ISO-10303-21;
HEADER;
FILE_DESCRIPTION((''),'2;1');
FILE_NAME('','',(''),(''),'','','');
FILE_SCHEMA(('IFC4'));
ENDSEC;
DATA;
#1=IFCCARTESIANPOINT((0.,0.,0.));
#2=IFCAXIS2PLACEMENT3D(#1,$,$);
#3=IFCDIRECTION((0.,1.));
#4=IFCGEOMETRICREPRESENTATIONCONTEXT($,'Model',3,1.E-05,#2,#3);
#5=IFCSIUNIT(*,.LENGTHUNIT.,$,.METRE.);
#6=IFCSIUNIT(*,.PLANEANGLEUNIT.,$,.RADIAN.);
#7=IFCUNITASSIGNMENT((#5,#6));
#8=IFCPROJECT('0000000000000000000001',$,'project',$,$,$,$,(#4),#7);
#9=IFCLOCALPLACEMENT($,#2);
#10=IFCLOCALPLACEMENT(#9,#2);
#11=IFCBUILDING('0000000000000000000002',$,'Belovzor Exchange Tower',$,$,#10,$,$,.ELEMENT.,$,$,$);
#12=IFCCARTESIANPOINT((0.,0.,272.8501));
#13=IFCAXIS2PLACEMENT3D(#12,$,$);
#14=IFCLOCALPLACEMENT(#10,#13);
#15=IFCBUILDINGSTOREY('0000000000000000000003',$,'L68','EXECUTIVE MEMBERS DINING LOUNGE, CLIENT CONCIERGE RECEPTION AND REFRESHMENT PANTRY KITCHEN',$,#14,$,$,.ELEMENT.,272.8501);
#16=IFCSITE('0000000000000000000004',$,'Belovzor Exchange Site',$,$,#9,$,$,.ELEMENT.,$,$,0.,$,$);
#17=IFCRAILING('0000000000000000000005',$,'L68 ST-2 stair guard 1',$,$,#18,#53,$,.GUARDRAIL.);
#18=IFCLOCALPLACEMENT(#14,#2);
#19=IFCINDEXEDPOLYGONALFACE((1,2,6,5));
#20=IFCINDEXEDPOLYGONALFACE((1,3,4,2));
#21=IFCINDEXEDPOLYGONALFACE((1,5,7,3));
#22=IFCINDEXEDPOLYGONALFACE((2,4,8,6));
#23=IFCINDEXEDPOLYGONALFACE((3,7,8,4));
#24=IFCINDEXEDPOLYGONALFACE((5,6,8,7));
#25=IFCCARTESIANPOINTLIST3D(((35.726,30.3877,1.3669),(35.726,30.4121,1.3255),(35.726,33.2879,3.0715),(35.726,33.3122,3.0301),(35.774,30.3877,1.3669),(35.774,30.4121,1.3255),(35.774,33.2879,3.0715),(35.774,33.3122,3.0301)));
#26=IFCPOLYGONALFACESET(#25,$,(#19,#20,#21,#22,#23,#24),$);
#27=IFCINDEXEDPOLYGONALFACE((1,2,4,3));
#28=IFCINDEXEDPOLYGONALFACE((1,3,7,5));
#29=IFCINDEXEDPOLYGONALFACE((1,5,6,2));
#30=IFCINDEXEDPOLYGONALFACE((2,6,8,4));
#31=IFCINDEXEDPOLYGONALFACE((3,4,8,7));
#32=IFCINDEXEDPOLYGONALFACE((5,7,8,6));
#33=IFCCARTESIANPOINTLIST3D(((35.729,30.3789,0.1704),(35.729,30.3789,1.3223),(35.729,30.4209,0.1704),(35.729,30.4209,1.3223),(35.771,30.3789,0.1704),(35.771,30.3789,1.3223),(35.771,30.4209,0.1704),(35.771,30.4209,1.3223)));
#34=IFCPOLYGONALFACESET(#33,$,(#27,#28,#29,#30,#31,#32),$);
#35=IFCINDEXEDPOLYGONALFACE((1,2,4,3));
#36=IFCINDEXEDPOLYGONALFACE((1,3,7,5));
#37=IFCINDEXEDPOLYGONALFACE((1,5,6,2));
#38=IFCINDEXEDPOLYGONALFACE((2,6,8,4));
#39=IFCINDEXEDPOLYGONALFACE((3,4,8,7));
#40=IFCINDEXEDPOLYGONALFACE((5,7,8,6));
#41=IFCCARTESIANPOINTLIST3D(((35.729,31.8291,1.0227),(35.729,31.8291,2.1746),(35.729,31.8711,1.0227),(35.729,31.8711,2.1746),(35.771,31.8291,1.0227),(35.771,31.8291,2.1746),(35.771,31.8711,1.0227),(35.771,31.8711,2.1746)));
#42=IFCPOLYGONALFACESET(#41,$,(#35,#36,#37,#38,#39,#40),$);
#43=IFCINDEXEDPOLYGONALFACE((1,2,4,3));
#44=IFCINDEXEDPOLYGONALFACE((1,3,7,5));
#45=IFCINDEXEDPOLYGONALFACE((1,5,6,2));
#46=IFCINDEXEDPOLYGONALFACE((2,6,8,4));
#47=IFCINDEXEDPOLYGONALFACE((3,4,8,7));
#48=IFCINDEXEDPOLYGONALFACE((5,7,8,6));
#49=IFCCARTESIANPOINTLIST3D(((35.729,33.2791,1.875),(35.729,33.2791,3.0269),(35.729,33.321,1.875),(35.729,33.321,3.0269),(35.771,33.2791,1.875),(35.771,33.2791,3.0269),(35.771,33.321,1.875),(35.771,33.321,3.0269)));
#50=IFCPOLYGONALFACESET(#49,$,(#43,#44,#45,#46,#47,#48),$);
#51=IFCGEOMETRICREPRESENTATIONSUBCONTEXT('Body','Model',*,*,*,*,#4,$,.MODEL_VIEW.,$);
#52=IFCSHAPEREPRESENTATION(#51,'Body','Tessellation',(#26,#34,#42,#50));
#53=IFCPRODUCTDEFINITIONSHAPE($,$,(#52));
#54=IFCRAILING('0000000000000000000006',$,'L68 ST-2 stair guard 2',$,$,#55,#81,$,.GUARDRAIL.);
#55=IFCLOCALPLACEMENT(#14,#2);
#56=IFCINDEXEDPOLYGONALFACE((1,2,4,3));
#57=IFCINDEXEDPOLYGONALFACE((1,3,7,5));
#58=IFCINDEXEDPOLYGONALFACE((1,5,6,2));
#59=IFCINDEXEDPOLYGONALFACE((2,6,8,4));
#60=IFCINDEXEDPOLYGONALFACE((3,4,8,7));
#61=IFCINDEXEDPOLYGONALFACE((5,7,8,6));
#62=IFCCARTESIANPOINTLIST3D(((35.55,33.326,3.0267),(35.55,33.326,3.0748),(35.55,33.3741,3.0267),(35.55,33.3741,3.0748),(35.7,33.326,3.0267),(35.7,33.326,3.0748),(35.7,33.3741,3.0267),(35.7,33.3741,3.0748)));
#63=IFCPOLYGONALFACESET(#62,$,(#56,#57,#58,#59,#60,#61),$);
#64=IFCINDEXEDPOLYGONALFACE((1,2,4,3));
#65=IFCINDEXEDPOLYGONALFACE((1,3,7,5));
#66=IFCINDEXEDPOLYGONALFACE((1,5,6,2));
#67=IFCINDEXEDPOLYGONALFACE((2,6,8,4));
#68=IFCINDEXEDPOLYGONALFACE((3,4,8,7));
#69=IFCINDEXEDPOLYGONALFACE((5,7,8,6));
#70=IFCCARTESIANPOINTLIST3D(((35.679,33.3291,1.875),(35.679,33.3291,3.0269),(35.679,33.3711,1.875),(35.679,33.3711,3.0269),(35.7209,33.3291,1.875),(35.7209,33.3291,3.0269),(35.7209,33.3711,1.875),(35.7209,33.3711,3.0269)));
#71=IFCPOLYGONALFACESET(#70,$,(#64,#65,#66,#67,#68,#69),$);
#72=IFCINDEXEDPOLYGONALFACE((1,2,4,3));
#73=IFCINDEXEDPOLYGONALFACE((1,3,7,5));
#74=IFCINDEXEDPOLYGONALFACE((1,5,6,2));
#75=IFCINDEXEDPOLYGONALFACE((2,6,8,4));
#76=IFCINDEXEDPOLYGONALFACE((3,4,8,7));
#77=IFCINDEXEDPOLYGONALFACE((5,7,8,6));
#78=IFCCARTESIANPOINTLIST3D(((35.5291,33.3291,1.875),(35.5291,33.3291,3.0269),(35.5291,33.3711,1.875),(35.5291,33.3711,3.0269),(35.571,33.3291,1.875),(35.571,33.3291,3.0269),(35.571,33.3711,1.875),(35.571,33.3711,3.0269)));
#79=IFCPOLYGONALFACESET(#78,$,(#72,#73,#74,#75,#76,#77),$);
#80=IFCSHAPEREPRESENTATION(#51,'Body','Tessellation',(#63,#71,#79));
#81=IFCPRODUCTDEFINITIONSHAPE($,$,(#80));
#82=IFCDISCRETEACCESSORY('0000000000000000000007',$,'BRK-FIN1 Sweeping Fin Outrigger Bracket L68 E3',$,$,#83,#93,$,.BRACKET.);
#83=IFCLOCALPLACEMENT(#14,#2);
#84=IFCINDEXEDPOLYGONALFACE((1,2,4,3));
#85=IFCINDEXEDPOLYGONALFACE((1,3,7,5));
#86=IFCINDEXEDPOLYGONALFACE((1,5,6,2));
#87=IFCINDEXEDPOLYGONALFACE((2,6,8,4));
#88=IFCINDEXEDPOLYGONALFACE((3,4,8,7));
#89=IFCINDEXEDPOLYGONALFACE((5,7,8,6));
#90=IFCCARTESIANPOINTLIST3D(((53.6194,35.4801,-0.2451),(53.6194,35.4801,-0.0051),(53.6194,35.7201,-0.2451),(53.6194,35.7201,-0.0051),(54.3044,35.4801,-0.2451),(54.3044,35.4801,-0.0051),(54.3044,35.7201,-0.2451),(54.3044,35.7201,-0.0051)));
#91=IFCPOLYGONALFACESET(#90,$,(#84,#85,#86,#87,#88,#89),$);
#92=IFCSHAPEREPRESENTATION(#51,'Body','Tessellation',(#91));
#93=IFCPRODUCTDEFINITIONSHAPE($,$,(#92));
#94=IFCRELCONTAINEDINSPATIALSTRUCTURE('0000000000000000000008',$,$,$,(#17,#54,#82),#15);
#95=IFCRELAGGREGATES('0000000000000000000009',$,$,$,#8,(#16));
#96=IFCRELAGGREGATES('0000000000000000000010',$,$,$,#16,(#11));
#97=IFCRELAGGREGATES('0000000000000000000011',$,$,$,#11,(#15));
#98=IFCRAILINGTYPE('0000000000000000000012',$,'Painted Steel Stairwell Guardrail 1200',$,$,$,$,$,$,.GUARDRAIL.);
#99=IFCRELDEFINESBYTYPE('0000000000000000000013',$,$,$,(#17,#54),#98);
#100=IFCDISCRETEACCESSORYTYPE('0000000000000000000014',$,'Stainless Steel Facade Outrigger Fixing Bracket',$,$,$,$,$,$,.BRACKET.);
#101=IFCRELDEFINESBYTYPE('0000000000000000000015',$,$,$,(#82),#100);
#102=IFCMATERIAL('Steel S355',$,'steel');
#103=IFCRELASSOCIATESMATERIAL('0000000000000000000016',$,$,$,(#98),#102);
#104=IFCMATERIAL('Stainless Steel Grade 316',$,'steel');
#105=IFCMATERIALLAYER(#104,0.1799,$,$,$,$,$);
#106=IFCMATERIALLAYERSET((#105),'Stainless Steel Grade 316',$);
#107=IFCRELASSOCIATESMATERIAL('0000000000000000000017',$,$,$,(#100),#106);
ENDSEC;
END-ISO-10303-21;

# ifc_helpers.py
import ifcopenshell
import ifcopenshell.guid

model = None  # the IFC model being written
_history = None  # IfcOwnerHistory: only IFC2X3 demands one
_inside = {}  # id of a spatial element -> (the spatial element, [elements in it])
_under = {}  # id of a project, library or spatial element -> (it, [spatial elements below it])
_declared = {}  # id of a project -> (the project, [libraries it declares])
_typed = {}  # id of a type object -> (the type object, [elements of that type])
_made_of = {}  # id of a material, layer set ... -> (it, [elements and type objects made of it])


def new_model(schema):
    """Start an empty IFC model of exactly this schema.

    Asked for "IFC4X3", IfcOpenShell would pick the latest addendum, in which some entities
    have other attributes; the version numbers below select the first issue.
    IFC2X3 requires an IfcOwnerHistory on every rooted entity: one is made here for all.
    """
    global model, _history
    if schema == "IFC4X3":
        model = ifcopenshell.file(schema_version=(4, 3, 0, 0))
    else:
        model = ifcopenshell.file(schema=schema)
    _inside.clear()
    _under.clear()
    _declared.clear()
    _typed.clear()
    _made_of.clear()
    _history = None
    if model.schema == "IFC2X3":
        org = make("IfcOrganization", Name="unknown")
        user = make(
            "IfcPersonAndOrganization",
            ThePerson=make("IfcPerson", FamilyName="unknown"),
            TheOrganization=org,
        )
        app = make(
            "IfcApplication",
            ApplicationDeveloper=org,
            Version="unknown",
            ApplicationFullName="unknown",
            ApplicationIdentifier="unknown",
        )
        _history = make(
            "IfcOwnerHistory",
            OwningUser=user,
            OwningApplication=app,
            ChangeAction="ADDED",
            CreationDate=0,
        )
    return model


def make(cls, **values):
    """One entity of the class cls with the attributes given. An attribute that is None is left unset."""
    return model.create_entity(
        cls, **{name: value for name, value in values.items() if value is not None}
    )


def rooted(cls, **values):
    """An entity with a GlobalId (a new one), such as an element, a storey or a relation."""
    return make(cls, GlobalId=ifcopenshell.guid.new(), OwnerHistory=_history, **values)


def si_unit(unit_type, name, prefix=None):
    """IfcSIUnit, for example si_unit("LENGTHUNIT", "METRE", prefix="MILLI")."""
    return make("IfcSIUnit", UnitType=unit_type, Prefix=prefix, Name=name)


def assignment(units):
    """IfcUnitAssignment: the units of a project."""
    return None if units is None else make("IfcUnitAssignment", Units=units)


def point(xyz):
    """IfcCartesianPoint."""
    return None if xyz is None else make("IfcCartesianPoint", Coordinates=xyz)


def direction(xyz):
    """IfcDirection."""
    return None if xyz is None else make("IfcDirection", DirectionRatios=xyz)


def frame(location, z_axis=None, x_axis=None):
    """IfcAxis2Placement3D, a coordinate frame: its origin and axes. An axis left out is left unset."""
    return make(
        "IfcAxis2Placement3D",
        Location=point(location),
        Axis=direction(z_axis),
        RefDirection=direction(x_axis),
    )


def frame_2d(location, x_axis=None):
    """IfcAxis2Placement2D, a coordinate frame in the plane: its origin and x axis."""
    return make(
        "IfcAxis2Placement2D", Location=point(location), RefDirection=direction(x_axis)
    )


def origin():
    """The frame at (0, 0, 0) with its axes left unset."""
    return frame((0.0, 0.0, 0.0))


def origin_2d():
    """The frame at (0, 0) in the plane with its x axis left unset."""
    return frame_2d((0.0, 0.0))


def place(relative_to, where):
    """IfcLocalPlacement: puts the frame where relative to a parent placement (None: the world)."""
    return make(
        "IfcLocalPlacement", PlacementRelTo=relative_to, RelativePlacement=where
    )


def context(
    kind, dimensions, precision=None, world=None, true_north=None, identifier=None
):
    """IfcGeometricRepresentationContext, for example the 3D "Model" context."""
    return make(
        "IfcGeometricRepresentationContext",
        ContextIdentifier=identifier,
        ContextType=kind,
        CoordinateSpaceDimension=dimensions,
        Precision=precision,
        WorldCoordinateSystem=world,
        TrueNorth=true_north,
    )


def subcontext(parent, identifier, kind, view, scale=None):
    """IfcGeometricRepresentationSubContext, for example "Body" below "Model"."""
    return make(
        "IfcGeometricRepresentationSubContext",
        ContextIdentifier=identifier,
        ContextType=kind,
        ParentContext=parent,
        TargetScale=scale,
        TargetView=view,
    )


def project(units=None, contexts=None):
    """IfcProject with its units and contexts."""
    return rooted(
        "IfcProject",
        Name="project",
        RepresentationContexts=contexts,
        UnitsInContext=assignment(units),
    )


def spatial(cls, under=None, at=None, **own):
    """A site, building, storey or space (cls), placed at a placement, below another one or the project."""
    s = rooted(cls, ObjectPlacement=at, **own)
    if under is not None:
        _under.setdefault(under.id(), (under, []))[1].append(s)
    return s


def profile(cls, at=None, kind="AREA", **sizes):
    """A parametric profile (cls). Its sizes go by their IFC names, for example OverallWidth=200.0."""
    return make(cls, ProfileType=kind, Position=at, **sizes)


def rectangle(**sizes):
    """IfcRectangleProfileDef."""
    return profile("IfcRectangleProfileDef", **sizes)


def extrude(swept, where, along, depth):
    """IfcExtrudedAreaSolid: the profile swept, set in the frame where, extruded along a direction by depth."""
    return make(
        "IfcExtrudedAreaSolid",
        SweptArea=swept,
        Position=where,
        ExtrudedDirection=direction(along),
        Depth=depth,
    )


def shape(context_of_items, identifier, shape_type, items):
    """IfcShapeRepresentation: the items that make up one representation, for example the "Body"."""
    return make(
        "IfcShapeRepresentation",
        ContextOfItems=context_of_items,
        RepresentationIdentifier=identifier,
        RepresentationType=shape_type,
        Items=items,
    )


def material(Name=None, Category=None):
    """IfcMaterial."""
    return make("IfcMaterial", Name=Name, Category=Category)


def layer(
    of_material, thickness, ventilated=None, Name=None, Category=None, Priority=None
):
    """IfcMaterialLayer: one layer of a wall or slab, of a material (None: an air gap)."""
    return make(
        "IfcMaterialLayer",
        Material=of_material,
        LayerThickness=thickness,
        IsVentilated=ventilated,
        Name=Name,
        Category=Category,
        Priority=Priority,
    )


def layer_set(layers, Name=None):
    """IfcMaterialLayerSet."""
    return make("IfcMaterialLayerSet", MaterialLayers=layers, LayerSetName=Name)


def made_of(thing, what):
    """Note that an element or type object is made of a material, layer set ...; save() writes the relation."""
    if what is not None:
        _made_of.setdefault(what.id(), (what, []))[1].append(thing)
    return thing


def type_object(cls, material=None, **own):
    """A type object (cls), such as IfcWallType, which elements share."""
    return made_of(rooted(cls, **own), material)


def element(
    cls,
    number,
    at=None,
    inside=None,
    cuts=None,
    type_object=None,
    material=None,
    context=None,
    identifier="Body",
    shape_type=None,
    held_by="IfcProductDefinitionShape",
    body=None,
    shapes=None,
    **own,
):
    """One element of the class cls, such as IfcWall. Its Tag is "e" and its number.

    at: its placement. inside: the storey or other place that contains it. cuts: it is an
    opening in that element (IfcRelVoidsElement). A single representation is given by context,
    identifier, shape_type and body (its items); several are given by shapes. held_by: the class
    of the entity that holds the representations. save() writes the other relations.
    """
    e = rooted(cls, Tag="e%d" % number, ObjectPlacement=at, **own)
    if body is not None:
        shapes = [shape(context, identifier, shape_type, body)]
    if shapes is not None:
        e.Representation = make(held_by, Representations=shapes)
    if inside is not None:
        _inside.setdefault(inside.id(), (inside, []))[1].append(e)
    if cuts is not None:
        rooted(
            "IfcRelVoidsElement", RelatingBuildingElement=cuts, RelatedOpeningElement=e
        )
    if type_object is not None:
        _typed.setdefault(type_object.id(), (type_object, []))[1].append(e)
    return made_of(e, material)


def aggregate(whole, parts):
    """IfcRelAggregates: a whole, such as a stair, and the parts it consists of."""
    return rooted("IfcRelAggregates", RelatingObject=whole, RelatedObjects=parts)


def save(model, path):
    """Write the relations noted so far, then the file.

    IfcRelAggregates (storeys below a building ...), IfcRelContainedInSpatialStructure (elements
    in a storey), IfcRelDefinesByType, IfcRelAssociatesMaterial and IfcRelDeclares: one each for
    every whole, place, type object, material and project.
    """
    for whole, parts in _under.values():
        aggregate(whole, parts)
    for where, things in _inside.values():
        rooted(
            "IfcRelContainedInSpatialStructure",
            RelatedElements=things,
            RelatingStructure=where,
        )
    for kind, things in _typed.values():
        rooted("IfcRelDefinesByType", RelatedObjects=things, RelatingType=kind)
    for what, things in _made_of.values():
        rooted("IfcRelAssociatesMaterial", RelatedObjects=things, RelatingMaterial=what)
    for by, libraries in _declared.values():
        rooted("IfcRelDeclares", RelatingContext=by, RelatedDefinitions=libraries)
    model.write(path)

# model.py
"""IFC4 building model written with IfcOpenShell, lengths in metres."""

from ifc_helpers import new_model, si_unit, direction, frame, origin, origin_2d, place, context, subcontext, project, spatial, rectangle, extrude, material, layer, layer_set, type_object, element, save


model = new_model("IFC4")

# Units and contexts
model_context = context("Model", 3, precision=1e-05, world=origin(), true_north=direction((0.0, 1.0)))
body_context = subcontext(model_context, "Body", "Model", "MODEL_VIEW")
ifc_project = project(units=[si_unit("LENGTHUNIT", "METRE"), si_unit("PLANEANGLEUNIT", "RADIAN")], contexts=[model_context])

# Site, building, storey
site_placement = place(None, origin())
site = spatial("IfcSite", under=ifc_project, at=site_placement, Name="Belovzor Exchange Site", CompositionType="ELEMENT", RefElevation=0.0)
building_placement = place(site_placement, origin())
building = spatial("IfcBuilding", under=site, at=building_placement, Name="Belovzor Exchange Tower", CompositionType="ELEMENT")
storey_placement = place(building_placement, frame((0.0, 0.0, 272.8501)))
storey = spatial("IfcBuildingStorey", under=building, at=storey_placement, Name="L68", Description="EXECUTIVE MEMBERS DINING LOUNGE, CLIENT CONCIERGE RECEPTION AND REFRESHMENT PANTRY KITCHEN", CompositionType="ELEMENT", Elevation=272.8501)

# Railings
ifc_material_1 = material(Name="Steel S355", Category="steel")
railing_type_1 = type_object("IfcRailingType", Name="Painted Steel Stairwell Guardrail 1200", PredefinedType="GUARDRAIL", material=ifc_material_1)
railing_1_placement = place(storey_placement, frame((35.75, 30.3999, 0.1704)))
element("IfcRailing", 1, at=railing_1_placement, inside=storey, type_object=railing_type_1, Name="L68 ST-2 stair guard 1", PredefinedType="GUARDRAIL", context=body_context, shape_type="SweptSolid", body=[
    extrude(rectangle(XDim=0.0481, YDim=0.0481, at=origin_2d()), frame((0.0, 0.0, 1.1758), z_axis=(0.0, 0.862113, 0.506716), x_axis=(-1.0, 0.0, 0.0)), (0.0, 0.0, 1.0), 3.364),
    extrude(rectangle(XDim=0.042, YDim=0.042, at=origin_2d()), origin(), (0.0, 0.0, 1.0), 1.1519),
    extrude(rectangle(XDim=0.042, YDim=0.042, at=origin_2d()), frame((0.0, 1.4502, 0.8523)), (0.0, 0.0, 1.0), 1.1519),
    extrude(rectangle(XDim=0.042, YDim=0.042, at=origin_2d()), frame((0.0, 2.9001, 1.7046)), (0.0, 0.0, 1.0), 1.1519),
])
railing_2_placement = place(storey_placement, frame((35.7, 33.3501, 1.875)))
element("IfcRailing", 2, at=railing_2_placement, inside=storey, type_object=railing_type_1, Name="L68 ST-2 stair guard 2", PredefinedType="GUARDRAIL", context=body_context, shape_type="SweptSolid", body=[
    extrude(rectangle(XDim=0.0481, YDim=0.0481, at=origin_2d()), frame((0.0, 0.0, 1.1758), z_axis=(-1.0, 0.0, 0.0), x_axis=(0.0, -1.0, 0.0)), (0.0, 0.0, 1.0), 0.1499),
    extrude(rectangle(XDim=0.042, YDim=0.042, at=origin_2d()), origin(), (0.0, 0.0, 1.0), 1.1519),
    extrude(rectangle(XDim=0.042, YDim=0.042, at=origin_2d()), frame((-0.1499, 0.0, 0.0)), (0.0, 0.0, 1.0), 1.1519),
])

# Discrete accessory
ifc_material_2 = material(Name="Stainless Steel Grade 316", Category="steel")
ifc_layer_1 = layer(ifc_material_2, 0.1799)
ifc_layer_set_1 = layer_set([ifc_layer_1], Name="Stainless Steel Grade 316")
discrete_accessory_type = type_object("IfcDiscreteAccessoryType", Name="Stainless Steel Facade Outrigger Fixing Bracket", PredefinedType="BRACKET", material=ifc_layer_set_1)
discrete_accessory_placement = place(storey_placement, frame((53.9619, 35.6001, -0.2451), z_axis=(0.0, 0.0, 1.0), x_axis=(1.0, 0.0, 0.0)))
element("IfcDiscreteAccessory", 3, at=discrete_accessory_placement, inside=storey, type_object=discrete_accessory_type, Name="BRK-FIN1 Sweeping Fin Outrigger Bracket L68 E3", PredefinedType="BRACKET", context=body_context, shape_type="SweptSolid", body=[
    extrude(rectangle(XDim=0.6851, YDim=0.24, at=origin_2d()), origin(), (0.0, 0.0, 1.0), 0.24),
])

save(model, "model.ifc")
